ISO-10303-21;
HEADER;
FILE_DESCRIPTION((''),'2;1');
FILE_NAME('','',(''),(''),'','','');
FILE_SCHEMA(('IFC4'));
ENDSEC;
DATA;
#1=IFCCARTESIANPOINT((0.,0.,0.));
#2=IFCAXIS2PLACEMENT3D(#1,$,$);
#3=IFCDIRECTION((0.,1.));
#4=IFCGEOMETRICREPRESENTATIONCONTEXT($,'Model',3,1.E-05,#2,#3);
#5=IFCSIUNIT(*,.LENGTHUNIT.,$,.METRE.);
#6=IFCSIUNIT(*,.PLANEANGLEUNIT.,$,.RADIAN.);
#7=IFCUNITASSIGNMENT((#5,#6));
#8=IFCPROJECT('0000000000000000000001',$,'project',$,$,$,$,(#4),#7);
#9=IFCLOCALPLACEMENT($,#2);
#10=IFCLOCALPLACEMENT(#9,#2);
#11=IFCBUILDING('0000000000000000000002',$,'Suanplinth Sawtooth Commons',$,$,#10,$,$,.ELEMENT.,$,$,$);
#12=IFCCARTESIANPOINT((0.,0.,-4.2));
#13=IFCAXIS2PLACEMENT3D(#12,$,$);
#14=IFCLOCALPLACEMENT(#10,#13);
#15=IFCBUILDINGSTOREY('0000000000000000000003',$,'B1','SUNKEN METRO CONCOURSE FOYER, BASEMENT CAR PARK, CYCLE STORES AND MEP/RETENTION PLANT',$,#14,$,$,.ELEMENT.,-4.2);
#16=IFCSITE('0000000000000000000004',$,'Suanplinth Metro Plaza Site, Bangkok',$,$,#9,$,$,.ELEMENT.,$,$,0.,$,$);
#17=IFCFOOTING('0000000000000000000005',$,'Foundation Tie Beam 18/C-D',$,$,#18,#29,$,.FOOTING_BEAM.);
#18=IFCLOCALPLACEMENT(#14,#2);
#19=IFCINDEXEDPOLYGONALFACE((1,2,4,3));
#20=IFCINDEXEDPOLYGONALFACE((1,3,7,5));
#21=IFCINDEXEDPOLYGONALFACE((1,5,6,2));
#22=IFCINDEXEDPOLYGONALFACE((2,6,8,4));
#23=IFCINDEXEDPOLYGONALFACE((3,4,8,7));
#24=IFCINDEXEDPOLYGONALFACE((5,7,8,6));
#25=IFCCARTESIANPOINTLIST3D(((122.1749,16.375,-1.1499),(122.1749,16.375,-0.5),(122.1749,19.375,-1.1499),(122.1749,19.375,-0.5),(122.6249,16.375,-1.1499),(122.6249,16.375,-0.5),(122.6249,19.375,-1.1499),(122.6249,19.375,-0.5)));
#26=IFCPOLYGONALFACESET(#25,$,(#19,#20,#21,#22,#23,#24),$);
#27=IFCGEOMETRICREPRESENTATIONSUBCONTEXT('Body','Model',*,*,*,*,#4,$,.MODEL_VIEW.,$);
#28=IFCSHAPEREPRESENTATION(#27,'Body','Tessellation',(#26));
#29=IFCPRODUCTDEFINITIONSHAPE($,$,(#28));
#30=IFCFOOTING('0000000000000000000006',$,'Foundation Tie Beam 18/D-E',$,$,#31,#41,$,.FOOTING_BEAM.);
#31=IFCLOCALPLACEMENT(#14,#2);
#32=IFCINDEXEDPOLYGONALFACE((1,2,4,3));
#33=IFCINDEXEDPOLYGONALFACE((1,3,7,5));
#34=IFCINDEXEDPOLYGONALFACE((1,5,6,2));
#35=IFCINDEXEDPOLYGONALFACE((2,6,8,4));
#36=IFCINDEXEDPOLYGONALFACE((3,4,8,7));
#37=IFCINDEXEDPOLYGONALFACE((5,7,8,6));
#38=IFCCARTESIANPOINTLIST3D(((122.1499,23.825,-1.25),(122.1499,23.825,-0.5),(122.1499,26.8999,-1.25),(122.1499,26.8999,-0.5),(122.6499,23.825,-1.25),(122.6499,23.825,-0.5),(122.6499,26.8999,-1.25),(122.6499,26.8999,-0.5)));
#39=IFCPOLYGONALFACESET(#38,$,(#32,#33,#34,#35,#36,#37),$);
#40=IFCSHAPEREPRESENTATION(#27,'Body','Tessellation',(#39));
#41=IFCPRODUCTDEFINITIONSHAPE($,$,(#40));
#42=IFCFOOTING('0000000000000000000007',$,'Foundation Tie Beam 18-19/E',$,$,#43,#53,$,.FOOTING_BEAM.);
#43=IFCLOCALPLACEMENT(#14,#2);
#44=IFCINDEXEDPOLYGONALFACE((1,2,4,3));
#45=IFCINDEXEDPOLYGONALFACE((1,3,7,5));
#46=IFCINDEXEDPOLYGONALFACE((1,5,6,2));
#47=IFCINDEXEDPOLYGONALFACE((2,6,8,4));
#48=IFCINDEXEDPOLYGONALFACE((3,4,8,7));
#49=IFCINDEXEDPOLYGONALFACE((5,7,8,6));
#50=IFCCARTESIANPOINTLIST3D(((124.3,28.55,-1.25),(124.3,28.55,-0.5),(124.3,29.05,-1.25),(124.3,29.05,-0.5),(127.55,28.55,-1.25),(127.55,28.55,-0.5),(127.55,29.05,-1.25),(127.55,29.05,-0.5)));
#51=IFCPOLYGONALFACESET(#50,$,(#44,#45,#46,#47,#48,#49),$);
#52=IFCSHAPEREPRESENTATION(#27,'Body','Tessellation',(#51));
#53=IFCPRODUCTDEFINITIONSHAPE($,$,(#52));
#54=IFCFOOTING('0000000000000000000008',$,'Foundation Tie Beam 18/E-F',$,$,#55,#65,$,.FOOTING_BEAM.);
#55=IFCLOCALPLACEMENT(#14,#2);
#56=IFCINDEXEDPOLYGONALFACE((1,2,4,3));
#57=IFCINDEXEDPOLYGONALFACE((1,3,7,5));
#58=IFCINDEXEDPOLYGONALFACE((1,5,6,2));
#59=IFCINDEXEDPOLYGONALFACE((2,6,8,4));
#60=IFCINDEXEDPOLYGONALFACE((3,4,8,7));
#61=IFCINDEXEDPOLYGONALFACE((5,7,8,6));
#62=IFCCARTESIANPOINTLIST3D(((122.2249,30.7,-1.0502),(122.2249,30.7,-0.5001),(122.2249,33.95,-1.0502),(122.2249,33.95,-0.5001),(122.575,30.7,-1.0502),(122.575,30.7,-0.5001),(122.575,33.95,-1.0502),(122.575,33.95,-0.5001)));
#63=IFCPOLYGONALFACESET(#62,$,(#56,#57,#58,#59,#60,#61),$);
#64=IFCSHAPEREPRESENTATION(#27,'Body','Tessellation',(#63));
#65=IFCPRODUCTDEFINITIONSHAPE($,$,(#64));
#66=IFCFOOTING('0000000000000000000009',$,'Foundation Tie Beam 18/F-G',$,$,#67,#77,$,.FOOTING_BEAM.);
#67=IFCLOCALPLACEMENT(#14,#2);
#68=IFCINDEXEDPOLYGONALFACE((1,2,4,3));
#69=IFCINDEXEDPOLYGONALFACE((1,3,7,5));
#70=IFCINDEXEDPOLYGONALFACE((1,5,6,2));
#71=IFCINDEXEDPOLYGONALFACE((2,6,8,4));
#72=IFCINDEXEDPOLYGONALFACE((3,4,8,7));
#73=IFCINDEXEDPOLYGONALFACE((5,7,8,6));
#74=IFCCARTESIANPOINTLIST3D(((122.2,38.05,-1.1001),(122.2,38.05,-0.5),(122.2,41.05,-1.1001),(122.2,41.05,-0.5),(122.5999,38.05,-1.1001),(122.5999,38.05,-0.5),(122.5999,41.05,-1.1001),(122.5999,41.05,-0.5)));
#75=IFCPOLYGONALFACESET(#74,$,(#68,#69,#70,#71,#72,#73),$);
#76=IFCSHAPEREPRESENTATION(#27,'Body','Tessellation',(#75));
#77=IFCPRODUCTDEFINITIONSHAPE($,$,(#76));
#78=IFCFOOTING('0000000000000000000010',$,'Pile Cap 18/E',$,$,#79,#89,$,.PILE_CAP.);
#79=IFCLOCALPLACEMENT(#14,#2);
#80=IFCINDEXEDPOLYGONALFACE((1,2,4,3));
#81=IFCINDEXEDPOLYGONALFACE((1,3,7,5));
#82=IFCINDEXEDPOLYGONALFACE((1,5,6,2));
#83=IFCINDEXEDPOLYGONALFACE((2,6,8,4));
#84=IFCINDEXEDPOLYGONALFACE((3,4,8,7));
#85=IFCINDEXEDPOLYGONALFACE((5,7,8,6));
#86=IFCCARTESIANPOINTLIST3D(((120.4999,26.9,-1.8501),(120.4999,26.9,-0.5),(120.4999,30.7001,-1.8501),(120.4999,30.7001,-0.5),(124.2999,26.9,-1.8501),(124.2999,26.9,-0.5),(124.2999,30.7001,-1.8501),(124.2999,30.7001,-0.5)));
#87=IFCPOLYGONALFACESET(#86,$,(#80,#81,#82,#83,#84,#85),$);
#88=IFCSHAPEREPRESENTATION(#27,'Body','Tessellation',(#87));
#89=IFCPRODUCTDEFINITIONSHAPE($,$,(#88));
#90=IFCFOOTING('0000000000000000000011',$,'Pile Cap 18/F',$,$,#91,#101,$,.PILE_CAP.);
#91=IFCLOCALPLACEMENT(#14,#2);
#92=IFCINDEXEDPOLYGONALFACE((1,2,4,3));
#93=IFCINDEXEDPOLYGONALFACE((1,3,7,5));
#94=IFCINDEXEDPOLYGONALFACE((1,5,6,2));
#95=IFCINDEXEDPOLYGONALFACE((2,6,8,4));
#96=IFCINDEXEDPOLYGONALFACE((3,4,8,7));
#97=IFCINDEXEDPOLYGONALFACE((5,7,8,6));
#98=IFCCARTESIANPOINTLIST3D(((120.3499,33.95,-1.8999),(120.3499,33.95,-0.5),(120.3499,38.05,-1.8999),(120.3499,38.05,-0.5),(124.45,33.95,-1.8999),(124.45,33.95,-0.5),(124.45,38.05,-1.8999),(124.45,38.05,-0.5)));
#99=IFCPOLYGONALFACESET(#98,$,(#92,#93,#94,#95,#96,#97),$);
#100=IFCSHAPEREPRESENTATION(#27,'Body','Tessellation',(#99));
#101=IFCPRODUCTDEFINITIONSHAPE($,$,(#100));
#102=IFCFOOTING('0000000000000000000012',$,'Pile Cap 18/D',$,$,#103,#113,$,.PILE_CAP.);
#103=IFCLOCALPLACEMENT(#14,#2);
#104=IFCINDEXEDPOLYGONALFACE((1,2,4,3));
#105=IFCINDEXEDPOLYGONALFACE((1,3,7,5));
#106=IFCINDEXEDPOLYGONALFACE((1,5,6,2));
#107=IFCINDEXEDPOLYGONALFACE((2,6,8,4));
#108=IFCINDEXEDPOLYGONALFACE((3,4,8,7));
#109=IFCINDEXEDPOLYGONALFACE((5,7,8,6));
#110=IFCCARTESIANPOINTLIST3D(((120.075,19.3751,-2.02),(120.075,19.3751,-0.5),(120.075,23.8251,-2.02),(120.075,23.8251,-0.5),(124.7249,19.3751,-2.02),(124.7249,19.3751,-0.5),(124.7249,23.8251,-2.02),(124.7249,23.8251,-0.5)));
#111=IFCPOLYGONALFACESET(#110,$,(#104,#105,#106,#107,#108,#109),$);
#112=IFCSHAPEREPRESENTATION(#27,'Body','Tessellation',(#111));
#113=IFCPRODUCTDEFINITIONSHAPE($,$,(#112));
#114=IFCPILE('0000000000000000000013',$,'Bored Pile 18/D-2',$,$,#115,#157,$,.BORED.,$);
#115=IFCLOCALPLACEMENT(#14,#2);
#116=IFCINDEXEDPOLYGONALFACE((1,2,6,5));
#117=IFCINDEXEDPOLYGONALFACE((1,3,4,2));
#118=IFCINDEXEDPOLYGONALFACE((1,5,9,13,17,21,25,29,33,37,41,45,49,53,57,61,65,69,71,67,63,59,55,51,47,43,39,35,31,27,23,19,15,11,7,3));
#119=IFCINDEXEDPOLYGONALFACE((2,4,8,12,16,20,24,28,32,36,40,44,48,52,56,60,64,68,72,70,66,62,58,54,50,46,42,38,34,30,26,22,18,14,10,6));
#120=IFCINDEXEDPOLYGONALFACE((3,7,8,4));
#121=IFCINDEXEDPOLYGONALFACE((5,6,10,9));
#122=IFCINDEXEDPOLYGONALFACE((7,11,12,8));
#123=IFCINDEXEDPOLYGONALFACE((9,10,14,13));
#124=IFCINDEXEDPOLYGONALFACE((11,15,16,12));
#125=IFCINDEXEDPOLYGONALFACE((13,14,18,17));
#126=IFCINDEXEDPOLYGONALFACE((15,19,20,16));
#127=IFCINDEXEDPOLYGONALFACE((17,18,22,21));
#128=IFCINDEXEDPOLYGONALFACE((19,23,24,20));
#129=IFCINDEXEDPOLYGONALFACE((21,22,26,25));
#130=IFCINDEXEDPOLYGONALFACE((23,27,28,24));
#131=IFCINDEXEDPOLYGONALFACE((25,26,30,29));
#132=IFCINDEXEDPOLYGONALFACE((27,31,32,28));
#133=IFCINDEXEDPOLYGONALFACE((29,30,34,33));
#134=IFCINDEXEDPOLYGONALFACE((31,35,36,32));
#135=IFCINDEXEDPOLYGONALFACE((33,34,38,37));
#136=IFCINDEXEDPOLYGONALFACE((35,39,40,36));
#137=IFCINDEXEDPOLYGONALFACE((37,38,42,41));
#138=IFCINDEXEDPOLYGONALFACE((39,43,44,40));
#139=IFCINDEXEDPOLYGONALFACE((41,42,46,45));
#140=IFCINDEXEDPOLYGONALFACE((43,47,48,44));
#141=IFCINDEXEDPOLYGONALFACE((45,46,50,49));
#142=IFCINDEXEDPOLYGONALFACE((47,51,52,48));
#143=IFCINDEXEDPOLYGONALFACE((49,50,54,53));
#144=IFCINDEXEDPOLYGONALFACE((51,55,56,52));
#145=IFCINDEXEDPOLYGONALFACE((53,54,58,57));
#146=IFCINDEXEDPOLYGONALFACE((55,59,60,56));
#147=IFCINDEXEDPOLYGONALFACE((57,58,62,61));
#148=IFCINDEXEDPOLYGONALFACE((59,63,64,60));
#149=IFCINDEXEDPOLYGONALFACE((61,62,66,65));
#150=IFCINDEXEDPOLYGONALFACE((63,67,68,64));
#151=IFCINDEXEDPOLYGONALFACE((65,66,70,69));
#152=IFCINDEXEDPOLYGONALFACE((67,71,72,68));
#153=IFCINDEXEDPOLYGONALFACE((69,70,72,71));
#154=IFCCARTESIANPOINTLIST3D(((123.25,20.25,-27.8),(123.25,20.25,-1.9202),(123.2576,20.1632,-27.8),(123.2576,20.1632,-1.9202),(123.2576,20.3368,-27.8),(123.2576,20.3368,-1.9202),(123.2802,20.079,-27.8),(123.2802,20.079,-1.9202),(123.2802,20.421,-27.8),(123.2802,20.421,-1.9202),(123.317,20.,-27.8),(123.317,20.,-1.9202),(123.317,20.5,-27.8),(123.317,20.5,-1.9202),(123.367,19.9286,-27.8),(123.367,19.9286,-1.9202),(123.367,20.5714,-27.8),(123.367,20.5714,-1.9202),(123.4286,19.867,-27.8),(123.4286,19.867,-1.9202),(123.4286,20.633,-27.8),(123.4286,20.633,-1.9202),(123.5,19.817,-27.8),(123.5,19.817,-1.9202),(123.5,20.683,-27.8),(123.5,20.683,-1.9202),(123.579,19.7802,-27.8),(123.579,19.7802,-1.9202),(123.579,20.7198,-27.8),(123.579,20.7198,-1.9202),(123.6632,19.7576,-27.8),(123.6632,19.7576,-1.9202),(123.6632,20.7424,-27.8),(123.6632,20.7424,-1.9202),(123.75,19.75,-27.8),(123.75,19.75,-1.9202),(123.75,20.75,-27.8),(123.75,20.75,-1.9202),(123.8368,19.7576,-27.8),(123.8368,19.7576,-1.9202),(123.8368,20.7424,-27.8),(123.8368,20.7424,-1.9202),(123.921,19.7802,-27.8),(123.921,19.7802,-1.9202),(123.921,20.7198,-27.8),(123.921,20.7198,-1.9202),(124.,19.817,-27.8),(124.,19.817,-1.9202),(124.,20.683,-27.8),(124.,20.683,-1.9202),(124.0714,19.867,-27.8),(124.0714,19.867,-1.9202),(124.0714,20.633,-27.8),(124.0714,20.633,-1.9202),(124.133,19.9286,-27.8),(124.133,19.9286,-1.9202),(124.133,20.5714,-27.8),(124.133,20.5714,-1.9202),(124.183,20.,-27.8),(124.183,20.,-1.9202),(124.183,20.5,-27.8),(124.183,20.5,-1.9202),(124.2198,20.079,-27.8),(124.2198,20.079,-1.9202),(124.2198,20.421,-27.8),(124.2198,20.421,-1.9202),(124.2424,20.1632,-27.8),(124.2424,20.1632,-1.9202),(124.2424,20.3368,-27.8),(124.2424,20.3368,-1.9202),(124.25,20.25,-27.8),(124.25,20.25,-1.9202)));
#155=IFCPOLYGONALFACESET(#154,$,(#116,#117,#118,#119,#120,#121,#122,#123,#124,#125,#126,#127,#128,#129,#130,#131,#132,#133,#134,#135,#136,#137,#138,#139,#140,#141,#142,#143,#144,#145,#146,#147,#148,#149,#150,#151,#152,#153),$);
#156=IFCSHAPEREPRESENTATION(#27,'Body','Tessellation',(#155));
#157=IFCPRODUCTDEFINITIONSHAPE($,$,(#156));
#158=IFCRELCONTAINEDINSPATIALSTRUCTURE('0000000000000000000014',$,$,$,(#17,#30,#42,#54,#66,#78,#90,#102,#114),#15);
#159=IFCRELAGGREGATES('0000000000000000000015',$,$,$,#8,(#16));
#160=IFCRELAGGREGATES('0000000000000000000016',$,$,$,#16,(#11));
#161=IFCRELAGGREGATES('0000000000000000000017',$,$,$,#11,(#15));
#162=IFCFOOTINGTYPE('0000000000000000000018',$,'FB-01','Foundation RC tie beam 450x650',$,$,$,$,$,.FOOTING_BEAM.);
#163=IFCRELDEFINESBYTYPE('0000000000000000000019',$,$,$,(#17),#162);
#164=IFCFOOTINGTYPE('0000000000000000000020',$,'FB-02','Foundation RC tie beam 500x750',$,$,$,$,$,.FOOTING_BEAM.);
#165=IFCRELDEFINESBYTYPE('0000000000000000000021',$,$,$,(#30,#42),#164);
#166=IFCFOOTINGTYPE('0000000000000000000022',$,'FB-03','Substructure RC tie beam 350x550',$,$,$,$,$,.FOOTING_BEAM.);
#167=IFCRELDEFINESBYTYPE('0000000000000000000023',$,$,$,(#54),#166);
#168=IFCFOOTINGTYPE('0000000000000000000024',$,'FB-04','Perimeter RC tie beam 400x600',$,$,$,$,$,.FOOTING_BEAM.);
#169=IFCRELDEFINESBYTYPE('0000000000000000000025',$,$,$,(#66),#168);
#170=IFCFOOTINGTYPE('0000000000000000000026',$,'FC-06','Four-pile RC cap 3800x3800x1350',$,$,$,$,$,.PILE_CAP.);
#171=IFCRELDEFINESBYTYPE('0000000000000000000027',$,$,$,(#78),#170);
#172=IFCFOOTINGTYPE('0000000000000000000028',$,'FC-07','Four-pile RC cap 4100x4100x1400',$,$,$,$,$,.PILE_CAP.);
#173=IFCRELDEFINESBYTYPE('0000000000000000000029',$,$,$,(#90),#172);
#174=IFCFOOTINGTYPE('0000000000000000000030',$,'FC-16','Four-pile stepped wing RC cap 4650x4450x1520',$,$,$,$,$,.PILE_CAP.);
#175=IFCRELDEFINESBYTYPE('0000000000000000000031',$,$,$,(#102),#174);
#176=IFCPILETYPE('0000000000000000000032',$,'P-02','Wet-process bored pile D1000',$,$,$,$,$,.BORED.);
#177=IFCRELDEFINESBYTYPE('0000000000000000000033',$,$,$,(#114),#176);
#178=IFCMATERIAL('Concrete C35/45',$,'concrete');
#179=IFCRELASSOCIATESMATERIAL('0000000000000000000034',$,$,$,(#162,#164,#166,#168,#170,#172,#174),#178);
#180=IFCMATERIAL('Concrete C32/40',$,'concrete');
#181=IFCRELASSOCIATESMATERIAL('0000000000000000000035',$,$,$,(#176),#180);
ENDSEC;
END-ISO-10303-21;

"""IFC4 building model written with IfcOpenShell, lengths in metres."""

from ifc_helpers import new_model, si_unit, direction, frame, origin, origin_2d, place, context, subcontext, project, spatial, rectangle, circle, extrude, material, material_profile, profile_set, type_object, element, save


model = new_model("IFC4")

# Units and contexts
model_context = context("Model", 3, precision=1e-05, world=origin(), true_north=direction((0.0, 1.0)))
body_context = subcontext(model_context, "Body", "Model", "MODEL_VIEW")
ifc_project = project(units=[si_unit("LENGTHUNIT", "METRE"), si_unit("PLANEANGLEUNIT", "RADIAN")], contexts=[model_context])

# Site, building, storey
site_placement = place(None, origin())
site = spatial("IfcSite", under=ifc_project, at=site_placement, Name="Suanplinth Metro Plaza Site, Bangkok", CompositionType="ELEMENT", RefElevation=0.0)
building_placement = place(site_placement, origin())
building = spatial("IfcBuilding", under=site, at=building_placement, Name="Suanplinth Sawtooth Commons", CompositionType="ELEMENT")
storey_placement = place(building_placement, frame((0.0, 0.0, -4.2)))
storey = spatial("IfcBuildingStorey", under=building, at=storey_placement, Name="B1", Description="SUNKEN METRO CONCOURSE FOYER, BASEMENT CAR PARK, CYCLE STORES AND MEP/RETENTION PLANT", CompositionType="ELEMENT", Elevation=-4.2)

# Footings
ifc_material_1 = material(Name="Concrete C35/45", Category="concrete")
ifc_material_profile_1 = material_profile(ifc_material_1, rectangle(XDim=0.45, YDim=0.6499, at=origin_2d()), Name="PC-GDR 450x650")
ifc_profile_set_1 = profile_set([ifc_material_profile_1], Name="Concrete C35/45")
footing_type_1 = type_object("IfcFootingType", Name="FB-01", Description="Foundation RC tie beam 450x650", PredefinedType="FOOTING_BEAM", material=ifc_profile_set_1)
footing_1_placement = place(storey_placement, frame((122.3999, 16.375, -0.825), z_axis=(0.0, 1.0, 0.0), x_axis=(-1.0, 0.0, 0.0)))
element("IfcFooting", 1, at=footing_1_placement, inside=storey, type_object=footing_type_1, Name="Foundation Tie Beam 18/C-D", PredefinedType="FOOTING_BEAM", context=body_context, shape_type="SweptSolid", body=[
    extrude(rectangle(XDim=0.45, YDim=0.6499, at=origin_2d()), origin(), (0.0, 0.0, 1.0), 3.0),
])
ifc_material_profile_2 = material_profile(ifc_material_1, rectangle(XDim=0.5, YDim=0.75, at=origin_2d()), Name="RC-GDR 500x750")
ifc_profile_set_2 = profile_set([ifc_material_profile_2], Name="Concrete C35/45")
footing_type_2 = type_object("IfcFootingType", Name="FB-02", Description="Foundation RC tie beam 500x750", PredefinedType="FOOTING_BEAM", material=ifc_profile_set_2)
footing_2_placement = place(storey_placement, frame((122.3999, 23.825, -0.875), z_axis=(0.0, 1.0, 0.0), x_axis=(-1.0, 0.0, 0.0)))
element("IfcFooting", 2, at=footing_2_placement, inside=storey, type_object=footing_type_2, Name="Foundation Tie Beam 18/D-E", PredefinedType="FOOTING_BEAM", context=body_context, shape_type="SweptSolid", body=[
    extrude(rectangle(XDim=0.5, YDim=0.75, at=origin_2d()), origin(), (0.0, 0.0, 1.0), 3.075),
])
footing_3_placement = place(storey_placement, frame((124.3, 28.8, -0.875), z_axis=(1.0, 0.0, 0.0), x_axis=(0.0, 1.0, 0.0)))
element("IfcFooting", 3, at=footing_3_placement, inside=storey, type_object=footing_type_2, Name="Foundation Tie Beam 18-19/E", PredefinedType="FOOTING_BEAM", context=body_context, shape_type="SweptSolid", body=[
    extrude(rectangle(XDim=0.5, YDim=0.75, at=origin_2d()), origin(), (0.0, 0.0, 1.0), 3.25),
])
ifc_material_profile_3 = material_profile(ifc_material_1, rectangle(XDim=0.3501, YDim=0.55, at=origin_2d()), Name="PC-BM 350x550")
ifc_profile_set_3 = profile_set([ifc_material_profile_3], Name="Concrete C35/45")
footing_type_3 = type_object("IfcFootingType", Name="FB-03", Description="Substructure RC tie beam 350x550", PredefinedType="FOOTING_BEAM", material=ifc_profile_set_3)
footing_4_placement = place(storey_placement, frame((122.3999, 30.7, -0.7751), z_axis=(0.0, 1.0, 0.0), x_axis=(-1.0, 0.0, 0.0)))
element("IfcFooting", 4, at=footing_4_placement, inside=storey, type_object=footing_type_3, Name="Foundation Tie Beam 18/E-F", PredefinedType="FOOTING_BEAM", context=body_context, shape_type="SweptSolid", body=[
    extrude(rectangle(XDim=0.3501, YDim=0.55, at=origin_2d()), origin(), (0.0, 0.0, 1.0), 3.25),
])
ifc_material_profile_4 = material_profile(ifc_material_1, rectangle(XDim=0.3999, YDim=0.6001, at=origin_2d()), Name="PC-GDR 400x600")
ifc_profile_set_4 = profile_set([ifc_material_profile_4], Name="Concrete C35/45")
footing_type_4 = type_object("IfcFootingType", Name="FB-04", Description="Perimeter RC tie beam 400x600", PredefinedType="FOOTING_BEAM", material=ifc_profile_set_4)
footing_5_placement = place(storey_placement, frame((122.3999, 38.05, -0.8), z_axis=(0.0, 1.0, 0.0), x_axis=(-1.0, 0.0, 0.0)))
element("IfcFooting", 5, at=footing_5_placement, inside=storey, type_object=footing_type_4, Name="Foundation Tie Beam 18/F-G", PredefinedType="FOOTING_BEAM", context=body_context, shape_type="SweptSolid", body=[
    extrude(rectangle(XDim=0.3999, YDim=0.6001, at=origin_2d()), origin(), (0.0, 0.0, 1.0), 3.0),
])
footing_type_5 = type_object("IfcFootingType", Name="FC-06", Description="Four-pile RC cap 3800x3800x1350", PredefinedType="PILE_CAP", material=ifc_material_1)
footing_6_placement = place(storey_placement, frame((122.3999, 28.8, -1.8501), z_axis=(0.0, 0.0, 1.0), x_axis=(1.0, 0.0, 0.0)))
element("IfcFooting", 6, at=footing_6_placement, inside=storey, type_object=footing_type_5, Name="Pile Cap 18/E", PredefinedType="PILE_CAP", context=body_context, shape_type="SweptSolid", body=[
    extrude(rectangle(XDim=3.8, YDim=3.8, at=origin_2d()), origin(), (0.0, 0.0, 1.0), 1.3501),
])
footing_type_6 = type_object("IfcFootingType", Name="FC-07", Description="Four-pile RC cap 4100x4100x1400", PredefinedType="PILE_CAP", material=ifc_material_1)
footing_7_placement = place(storey_placement, frame((122.3999, 36.0, -1.8999), z_axis=(0.0, 0.0, 1.0), x_axis=(1.0, 0.0, 0.0)))
element("IfcFooting", 7, at=footing_7_placement, inside=storey, type_object=footing_type_6, Name="Pile Cap 18/F", PredefinedType="PILE_CAP", context=body_context, shape_type="SweptSolid", body=[
    extrude(rectangle(XDim=4.1001, YDim=4.1001, at=origin_2d()), origin(), (0.0, 0.0, 1.0), 1.3999),
])
footing_type_7 = type_object("IfcFootingType", Name="FC-16", Description="Four-pile stepped wing RC cap 4650x4450x1520", PredefinedType="PILE_CAP", material=ifc_material_1)
footing_8_placement = place(storey_placement, frame((122.3999, 21.6001, -2.02), z_axis=(0.0, 0.0, 1.0), x_axis=(1.0, 0.0, 0.0)))
element("IfcFooting", 8, at=footing_8_placement, inside=storey, type_object=footing_type_7, Name="Pile Cap 18/D", PredefinedType="PILE_CAP", context=body_context, shape_type="SweptSolid", body=[
    extrude(rectangle(XDim=4.6499, YDim=4.45, at=origin_2d()), origin(), (0.0, 0.0, 1.0), 1.52),
])

# Pile
ifc_material_2 = material(Name="Concrete C32/40", Category="concrete")
ifc_material_profile_5 = material_profile(ifc_material_2, circle(Radius=0.5, at=origin_2d()), Name="PILE D1000")
ifc_profile_set_5 = profile_set([ifc_material_profile_5], Name="Concrete C32/40")
pile_type = type_object("IfcPileType", Name="P-02", Description="Wet-process bored pile D1000", PredefinedType="BORED", material=ifc_profile_set_5)
for number, where, z_axis, x_axis, name in (
    (9, (123.75, 20.25, -1.9202), (0.0, 0.0, -1.0), (1.0, 0.0, 0.0), "Bored Pile 18/D-2"),
):
    element("IfcPile", number, at=place(storey_placement, frame(where, z_axis=z_axis, x_axis=x_axis)), inside=storey, type_object=pile_type, Name=name, PredefinedType="BORED", context=body_context, shape_type="SweptSolid", body=[
        extrude(circle(Radius=0.5, at=origin_2d()), origin(), (0.0, 0.0, 1.0), 25.8799),
    ])

save(model, "model.ifc")
